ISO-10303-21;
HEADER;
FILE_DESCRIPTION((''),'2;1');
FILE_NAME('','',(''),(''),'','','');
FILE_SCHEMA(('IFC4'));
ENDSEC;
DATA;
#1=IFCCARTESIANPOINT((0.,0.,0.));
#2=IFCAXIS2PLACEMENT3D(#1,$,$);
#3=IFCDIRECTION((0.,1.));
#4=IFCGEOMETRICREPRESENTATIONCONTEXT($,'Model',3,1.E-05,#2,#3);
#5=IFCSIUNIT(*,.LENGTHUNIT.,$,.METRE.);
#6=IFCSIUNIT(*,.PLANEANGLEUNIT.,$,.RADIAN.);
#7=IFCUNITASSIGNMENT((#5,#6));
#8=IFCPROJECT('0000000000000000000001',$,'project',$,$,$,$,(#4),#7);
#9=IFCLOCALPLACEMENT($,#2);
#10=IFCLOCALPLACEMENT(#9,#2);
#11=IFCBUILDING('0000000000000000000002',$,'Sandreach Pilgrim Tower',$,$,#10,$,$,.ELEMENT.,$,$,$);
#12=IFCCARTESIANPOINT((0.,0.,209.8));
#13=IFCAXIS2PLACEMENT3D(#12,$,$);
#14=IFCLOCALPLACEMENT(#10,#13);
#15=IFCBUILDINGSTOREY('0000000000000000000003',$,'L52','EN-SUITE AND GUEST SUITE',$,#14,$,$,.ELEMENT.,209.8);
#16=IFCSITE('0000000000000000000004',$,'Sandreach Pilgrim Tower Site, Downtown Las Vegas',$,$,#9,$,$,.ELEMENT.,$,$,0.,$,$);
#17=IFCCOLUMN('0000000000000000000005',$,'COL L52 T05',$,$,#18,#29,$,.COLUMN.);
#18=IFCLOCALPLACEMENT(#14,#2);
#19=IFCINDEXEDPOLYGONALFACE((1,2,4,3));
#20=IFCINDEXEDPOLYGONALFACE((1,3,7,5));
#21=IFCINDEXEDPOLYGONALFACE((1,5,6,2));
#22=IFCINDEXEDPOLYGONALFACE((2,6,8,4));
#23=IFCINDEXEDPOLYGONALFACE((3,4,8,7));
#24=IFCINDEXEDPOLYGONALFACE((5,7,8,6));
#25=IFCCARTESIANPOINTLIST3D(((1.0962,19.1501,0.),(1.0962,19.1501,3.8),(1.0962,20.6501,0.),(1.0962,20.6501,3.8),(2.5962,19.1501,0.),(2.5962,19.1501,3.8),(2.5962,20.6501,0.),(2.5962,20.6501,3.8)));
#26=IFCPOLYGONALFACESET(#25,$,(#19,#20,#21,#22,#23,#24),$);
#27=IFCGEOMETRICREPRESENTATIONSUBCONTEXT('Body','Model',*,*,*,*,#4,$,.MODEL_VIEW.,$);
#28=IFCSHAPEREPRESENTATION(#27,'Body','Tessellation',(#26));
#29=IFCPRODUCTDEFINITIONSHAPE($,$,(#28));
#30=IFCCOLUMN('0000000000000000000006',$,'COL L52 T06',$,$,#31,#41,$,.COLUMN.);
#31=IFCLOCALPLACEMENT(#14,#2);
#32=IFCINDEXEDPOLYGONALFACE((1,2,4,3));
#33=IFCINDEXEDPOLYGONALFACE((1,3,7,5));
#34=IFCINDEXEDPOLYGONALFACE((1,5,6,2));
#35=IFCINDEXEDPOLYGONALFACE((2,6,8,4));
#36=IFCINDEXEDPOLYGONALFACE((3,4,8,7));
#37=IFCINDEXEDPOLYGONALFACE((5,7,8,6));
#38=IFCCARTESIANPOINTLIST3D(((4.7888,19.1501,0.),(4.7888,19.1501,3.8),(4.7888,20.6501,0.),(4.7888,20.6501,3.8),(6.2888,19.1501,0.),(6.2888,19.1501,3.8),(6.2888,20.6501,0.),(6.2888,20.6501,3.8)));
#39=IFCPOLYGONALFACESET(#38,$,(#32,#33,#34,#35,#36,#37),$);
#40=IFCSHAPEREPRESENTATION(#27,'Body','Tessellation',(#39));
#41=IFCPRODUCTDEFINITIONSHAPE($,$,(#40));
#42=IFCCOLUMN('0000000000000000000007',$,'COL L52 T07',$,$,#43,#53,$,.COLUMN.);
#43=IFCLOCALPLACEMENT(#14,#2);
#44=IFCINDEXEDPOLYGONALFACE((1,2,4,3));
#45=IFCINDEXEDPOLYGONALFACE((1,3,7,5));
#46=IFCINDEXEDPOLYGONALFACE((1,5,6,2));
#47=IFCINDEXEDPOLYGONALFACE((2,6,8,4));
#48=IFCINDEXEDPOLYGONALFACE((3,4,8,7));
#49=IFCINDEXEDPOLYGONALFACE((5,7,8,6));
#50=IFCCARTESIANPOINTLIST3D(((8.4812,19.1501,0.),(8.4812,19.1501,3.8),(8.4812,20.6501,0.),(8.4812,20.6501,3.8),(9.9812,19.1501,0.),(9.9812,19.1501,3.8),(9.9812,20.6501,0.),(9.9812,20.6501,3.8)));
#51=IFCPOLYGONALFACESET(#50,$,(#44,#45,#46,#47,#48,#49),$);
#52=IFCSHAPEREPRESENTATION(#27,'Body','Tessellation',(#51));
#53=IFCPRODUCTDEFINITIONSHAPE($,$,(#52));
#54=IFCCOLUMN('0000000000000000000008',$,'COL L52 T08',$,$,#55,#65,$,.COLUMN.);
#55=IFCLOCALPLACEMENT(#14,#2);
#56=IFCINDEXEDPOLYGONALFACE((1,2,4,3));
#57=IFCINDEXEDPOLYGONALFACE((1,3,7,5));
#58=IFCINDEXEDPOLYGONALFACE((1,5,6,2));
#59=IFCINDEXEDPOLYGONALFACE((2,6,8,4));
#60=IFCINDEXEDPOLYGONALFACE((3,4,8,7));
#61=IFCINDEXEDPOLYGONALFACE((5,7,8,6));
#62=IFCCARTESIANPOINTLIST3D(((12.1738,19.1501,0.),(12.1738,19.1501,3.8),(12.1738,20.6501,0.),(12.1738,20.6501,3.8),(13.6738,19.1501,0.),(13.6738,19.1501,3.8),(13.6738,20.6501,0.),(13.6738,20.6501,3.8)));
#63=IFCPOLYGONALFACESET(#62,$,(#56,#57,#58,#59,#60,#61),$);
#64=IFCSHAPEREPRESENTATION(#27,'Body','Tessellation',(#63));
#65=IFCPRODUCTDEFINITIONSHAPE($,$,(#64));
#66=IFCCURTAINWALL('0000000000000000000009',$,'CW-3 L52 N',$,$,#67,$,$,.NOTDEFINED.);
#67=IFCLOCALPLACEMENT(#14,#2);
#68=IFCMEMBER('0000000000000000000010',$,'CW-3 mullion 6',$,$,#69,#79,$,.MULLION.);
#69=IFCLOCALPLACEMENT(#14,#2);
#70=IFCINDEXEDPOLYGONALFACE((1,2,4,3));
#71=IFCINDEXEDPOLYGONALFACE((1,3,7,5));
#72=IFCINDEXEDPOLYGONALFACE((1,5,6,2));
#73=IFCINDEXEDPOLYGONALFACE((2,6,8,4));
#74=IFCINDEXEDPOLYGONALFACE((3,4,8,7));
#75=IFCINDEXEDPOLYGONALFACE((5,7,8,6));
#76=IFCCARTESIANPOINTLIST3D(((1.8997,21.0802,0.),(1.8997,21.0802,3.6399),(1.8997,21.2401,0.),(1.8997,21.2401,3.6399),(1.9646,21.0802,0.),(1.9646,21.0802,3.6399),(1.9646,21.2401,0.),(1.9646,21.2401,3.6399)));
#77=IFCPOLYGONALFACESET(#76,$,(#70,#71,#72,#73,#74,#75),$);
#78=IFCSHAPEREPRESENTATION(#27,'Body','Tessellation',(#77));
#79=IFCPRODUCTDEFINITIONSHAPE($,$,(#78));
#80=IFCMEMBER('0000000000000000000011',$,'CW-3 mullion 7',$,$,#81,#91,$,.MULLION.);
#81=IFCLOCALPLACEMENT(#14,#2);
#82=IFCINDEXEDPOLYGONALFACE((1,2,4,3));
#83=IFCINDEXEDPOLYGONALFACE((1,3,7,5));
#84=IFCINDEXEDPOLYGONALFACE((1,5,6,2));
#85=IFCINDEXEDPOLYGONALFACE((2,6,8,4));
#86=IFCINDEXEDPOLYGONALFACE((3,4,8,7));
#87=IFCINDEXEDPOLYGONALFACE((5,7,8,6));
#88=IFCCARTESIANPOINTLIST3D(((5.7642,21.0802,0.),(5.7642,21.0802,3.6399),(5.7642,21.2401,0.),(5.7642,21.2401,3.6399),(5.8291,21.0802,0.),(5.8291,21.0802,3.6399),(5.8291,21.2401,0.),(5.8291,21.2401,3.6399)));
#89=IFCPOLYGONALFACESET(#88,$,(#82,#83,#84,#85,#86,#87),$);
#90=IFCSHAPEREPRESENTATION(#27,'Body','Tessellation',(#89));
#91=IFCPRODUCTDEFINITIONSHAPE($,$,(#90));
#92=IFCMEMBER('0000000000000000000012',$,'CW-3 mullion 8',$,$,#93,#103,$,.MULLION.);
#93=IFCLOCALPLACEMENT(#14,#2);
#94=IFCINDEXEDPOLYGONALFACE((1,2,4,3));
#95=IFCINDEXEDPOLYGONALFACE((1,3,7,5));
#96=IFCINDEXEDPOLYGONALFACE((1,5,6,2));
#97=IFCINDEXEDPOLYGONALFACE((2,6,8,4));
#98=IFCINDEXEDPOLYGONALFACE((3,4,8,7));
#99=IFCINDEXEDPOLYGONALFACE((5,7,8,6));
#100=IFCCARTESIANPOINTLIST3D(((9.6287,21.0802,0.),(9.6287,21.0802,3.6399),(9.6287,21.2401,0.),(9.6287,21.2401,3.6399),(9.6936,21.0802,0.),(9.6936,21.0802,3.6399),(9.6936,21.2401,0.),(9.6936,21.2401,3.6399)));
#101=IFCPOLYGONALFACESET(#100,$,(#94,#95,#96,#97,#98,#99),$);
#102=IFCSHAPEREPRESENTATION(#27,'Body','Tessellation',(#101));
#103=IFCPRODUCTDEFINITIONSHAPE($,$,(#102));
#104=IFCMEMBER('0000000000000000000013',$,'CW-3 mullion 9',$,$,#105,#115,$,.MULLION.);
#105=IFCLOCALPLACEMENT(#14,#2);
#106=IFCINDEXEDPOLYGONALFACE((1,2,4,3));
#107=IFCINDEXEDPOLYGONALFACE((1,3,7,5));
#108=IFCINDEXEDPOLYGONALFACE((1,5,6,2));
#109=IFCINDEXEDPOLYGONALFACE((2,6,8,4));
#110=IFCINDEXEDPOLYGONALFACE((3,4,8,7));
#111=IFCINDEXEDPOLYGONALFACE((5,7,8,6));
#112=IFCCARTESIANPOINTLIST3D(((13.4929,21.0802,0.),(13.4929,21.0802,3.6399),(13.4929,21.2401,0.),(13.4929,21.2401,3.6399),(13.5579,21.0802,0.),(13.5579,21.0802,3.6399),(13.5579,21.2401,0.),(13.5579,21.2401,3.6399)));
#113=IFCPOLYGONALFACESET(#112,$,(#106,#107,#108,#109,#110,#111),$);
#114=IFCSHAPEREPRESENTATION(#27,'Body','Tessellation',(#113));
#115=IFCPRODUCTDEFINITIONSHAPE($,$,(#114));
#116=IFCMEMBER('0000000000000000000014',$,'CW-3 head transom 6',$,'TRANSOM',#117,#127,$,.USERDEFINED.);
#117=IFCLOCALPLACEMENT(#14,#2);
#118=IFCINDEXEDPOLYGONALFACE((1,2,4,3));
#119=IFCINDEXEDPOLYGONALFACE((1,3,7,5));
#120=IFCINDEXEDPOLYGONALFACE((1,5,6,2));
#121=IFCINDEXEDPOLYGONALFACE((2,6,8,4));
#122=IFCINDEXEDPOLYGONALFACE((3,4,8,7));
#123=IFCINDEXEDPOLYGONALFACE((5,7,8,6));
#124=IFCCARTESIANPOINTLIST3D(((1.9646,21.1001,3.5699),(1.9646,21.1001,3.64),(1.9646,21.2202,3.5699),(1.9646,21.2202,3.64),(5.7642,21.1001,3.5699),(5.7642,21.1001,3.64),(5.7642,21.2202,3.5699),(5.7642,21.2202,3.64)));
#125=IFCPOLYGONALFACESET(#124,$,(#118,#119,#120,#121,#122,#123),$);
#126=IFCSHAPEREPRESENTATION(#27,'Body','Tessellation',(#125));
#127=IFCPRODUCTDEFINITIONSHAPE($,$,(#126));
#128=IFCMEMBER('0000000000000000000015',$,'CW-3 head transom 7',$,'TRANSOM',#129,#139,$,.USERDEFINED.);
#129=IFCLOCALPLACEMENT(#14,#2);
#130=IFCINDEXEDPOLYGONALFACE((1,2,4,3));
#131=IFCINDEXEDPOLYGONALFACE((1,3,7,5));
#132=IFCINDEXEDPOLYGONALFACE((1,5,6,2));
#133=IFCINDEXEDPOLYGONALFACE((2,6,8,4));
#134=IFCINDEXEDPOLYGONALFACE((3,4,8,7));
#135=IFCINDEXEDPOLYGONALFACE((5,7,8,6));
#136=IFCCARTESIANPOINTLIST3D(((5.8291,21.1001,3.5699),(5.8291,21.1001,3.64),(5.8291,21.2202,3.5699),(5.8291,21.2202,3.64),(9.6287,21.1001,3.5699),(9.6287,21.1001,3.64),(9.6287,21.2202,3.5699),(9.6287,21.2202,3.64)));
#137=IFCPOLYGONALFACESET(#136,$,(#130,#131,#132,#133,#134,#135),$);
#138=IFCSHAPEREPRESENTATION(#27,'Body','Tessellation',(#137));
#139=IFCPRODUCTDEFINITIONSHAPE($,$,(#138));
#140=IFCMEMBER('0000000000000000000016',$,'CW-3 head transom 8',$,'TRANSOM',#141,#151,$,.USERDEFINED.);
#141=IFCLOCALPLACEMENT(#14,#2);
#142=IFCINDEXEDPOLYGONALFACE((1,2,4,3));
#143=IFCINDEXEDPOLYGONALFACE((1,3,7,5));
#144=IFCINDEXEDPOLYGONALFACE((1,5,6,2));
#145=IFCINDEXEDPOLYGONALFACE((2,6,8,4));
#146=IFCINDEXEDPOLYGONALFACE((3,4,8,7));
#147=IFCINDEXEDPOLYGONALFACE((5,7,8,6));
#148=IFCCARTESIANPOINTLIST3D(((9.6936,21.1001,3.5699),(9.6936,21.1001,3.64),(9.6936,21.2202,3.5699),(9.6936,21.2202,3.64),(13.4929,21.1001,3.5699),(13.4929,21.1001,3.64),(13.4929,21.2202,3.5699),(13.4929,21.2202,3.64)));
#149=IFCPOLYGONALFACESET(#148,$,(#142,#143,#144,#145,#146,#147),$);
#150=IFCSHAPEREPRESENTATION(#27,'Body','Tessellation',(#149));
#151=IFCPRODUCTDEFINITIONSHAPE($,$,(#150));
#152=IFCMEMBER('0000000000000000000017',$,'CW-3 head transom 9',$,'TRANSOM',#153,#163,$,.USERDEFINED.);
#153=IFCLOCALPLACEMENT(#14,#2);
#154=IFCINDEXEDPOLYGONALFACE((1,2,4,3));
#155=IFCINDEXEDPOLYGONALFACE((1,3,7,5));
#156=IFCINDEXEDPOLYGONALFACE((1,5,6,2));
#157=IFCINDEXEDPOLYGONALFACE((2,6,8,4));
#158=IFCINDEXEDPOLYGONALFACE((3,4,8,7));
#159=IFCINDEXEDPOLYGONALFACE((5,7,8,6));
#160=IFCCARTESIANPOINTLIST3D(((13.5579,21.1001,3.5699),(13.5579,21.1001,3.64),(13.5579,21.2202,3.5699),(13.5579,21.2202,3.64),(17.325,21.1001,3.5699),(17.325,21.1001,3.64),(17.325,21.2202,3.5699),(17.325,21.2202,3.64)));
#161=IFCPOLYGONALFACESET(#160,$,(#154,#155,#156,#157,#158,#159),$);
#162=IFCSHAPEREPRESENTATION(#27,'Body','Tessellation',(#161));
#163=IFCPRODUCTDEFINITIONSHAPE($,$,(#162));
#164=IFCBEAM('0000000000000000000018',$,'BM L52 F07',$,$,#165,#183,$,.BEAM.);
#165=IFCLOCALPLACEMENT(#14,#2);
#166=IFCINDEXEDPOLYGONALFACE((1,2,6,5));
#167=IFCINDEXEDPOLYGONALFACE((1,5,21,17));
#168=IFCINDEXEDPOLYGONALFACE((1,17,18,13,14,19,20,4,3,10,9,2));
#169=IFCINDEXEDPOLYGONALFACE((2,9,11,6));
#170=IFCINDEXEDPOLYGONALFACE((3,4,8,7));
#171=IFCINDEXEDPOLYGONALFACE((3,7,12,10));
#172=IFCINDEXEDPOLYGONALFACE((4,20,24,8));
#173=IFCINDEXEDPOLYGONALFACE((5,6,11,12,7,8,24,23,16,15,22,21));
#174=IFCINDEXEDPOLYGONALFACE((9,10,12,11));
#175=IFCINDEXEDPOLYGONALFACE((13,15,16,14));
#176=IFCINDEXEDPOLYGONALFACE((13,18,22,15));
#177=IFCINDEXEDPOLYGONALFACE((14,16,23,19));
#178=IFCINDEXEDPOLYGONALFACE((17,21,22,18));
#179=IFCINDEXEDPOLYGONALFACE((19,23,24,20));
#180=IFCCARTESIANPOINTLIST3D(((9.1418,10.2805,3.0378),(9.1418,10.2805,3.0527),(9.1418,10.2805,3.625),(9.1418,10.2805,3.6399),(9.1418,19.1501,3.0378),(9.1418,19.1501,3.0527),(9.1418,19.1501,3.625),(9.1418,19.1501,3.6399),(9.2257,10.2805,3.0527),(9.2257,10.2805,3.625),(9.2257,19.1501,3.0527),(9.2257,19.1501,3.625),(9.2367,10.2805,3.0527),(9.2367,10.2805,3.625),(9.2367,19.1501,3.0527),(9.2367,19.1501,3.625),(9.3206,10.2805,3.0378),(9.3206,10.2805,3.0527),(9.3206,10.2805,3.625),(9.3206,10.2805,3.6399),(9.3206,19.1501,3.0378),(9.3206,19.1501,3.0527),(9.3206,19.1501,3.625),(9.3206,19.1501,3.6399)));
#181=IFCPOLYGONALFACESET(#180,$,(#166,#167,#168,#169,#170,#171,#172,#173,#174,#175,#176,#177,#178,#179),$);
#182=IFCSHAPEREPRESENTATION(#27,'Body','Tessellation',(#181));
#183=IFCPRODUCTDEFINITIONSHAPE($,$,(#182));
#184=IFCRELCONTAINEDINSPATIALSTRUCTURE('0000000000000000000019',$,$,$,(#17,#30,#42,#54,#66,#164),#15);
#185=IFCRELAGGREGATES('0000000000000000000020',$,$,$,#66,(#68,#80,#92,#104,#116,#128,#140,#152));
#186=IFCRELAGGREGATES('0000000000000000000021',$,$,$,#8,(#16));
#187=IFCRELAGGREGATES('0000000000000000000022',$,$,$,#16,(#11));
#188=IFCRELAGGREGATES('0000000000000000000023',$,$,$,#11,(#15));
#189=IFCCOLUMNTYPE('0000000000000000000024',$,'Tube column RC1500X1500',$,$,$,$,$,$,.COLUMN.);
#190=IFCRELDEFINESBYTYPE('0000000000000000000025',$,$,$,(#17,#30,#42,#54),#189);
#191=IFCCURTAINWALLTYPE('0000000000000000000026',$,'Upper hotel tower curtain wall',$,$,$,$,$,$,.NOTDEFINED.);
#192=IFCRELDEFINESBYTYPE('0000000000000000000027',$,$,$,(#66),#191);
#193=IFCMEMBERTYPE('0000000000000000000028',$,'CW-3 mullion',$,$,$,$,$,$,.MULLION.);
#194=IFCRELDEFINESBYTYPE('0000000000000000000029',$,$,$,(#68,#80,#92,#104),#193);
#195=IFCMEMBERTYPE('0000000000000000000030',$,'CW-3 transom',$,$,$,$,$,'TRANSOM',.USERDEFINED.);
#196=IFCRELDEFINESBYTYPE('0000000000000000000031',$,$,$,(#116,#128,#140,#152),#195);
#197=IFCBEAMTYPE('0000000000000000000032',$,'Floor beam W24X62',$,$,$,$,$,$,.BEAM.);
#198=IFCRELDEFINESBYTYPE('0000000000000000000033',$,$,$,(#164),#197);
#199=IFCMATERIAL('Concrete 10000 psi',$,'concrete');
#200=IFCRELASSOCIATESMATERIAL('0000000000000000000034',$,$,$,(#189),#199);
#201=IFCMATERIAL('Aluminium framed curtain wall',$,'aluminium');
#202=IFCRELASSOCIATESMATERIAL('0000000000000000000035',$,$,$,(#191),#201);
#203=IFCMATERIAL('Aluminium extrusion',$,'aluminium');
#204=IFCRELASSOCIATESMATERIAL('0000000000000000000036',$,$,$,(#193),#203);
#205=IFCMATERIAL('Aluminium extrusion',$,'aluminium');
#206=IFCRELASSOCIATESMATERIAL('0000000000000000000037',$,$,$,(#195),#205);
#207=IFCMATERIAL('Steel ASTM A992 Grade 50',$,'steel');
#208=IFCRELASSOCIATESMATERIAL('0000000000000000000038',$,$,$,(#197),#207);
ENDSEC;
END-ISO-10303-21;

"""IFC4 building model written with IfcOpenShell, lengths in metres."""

from ifc_helpers import new_model, si_unit, direction, frame, origin, origin_2d, place, context, subcontext, project, spatial, rectangle, i_section, extrude, material, material_profile, profile_set, type_object, element, aggregate, save


model = new_model("IFC4")

# Units and contexts
model_context = context("Model", 3, precision=1e-05, world=origin(), true_north=direction((0.0, 1.0)))
body_context = subcontext(model_context, "Body", "Model", "MODEL_VIEW")
ifc_project = project(units=[si_unit("LENGTHUNIT", "METRE"), si_unit("PLANEANGLEUNIT", "RADIAN")], contexts=[model_context])

# Site, building, storey
site_placement = place(None, origin())
site = spatial("IfcSite", under=ifc_project, at=site_placement, Name="Sandreach Pilgrim Tower Site, Downtown Las Vegas", CompositionType="ELEMENT", RefElevation=0.0)
building_placement = place(site_placement, origin())
building = spatial("IfcBuilding", under=site, at=building_placement, Name="Sandreach Pilgrim Tower", CompositionType="ELEMENT")
storey_placement = place(building_placement, frame((0.0, 0.0, 209.8)))
storey = spatial("IfcBuildingStorey", under=building, at=storey_placement, Name="L52", Description="EN-SUITE AND GUEST SUITE", CompositionType="ELEMENT", Elevation=209.8)

# Columns
ifc_material_1 = material(Name="Concrete 10000 psi", Category="concrete")
ifc_material_profile_1 = material_profile(ifc_material_1, rectangle(XDim=1.5, YDim=1.5, at=origin_2d()), Name="RC1500X1500")
ifc_profile_set_1 = profile_set([ifc_material_profile_1], Name="Concrete 10000 psi")
column_type = type_object("IfcColumnType", Name="Tube column RC1500X1500", PredefinedType="COLUMN", material=ifc_profile_set_1)
for number, where, z_axis, x_axis, name in (
    (1, (1.8462, 19.9001, 0.0), (0.0, 0.0, 1.0), (0.0, 1.0, 0.0), "COL L52 T05"),
    (2, (5.5388, 19.9001, 0.0), (0.0, 0.0, 1.0), (0.0, 1.0, 0.0), "COL L52 T06"),
    (3, (9.2312, 19.9001, 0.0), (0.0, 0.0, 1.0), (0.0, 1.0, 0.0), "COL L52 T07"),
    (4, (12.9238, 19.9001, 0.0), (0.0, 0.0, 1.0), (0.0, 1.0, 0.0), "COL L52 T08"),
):
    element("IfcColumn", number, at=place(storey_placement, frame(where, z_axis=z_axis, x_axis=x_axis)), inside=storey, type_object=column_type, Name=name, PredefinedType="COLUMN", context=body_context, shape_type="SweptSolid", body=[
        extrude(rectangle(XDim=1.5, YDim=1.5, at=origin_2d()), origin(), (0.0, 0.0, 1.0), 3.8),
    ])

# Curtain wall, members
ifc_material_2 = material(Name="Aluminium framed curtain wall", Category="aluminium")
curtain_wall_type = type_object("IfcCurtainWallType", Name="Upper hotel tower curtain wall", PredefinedType="NOTDEFINED", material=ifc_material_2)
curtain_wall_placement = place(storey_placement, origin())
curtain_wall = element("IfcCurtainWall", 5, at=curtain_wall_placement, inside=storey, type_object=curtain_wall_type, Name="CW-3 L52 N", PredefinedType="NOTDEFINED")
ifc_material_3 = material(Name="Aluminium extrusion", Category="aluminium")
ifc_material_profile_2 = material_profile(ifc_material_3, rectangle(XDim=0.0649, YDim=0.1599, at=origin_2d()), Name="CW-3M 65X160")
ifc_profile_set_2 = profile_set([ifc_material_profile_2], Name="Aluminium extrusion")
member_type_1 = type_object("IfcMemberType", Name="CW-3 mullion", PredefinedType="MULLION", material=ifc_profile_set_2)
member_1_placement = place(storey_placement, frame((1.9321, 21.1602, 0.0), z_axis=(0.0, 0.0, 1.0), x_axis=(1.0, 0.0, 0.0)))
member_1 = element("IfcMember", 6, at=member_1_placement, type_object=member_type_1, Name="CW-3 mullion 6", PredefinedType="MULLION", context=body_context, shape_type="SweptSolid", body=[
    extrude(rectangle(XDim=0.0649, YDim=0.1599, at=origin_2d()), origin(), (0.0, 0.0, 1.0), 3.6399),
])
member_2_placement = place(storey_placement, frame((5.7966, 21.1602, 0.0), z_axis=(0.0, 0.0, 1.0), x_axis=(1.0, 0.0, 0.0)))
member_2 = element("IfcMember", 7, at=member_2_placement, type_object=member_type_1, Name="CW-3 mullion 7", PredefinedType="MULLION", context=body_context, shape_type="SweptSolid", body=[
    extrude(rectangle(XDim=0.0649, YDim=0.1599, at=origin_2d()), origin(), (0.0, 0.0, 1.0), 3.6399),
])
member_3_placement = place(storey_placement, frame((9.6611, 21.1602, 0.0), z_axis=(0.0, 0.0, 1.0), x_axis=(1.0, 0.0, 0.0)))
member_3 = element("IfcMember", 8, at=member_3_placement, type_object=member_type_1, Name="CW-3 mullion 8", PredefinedType="MULLION", context=body_context, shape_type="SweptSolid", body=[
    extrude(rectangle(XDim=0.0649, YDim=0.1599, at=origin_2d()), origin(), (0.0, 0.0, 1.0), 3.6399),
])
member_4_placement = place(storey_placement, frame((13.5254, 21.1602, 0.0), z_axis=(0.0, 0.0, 1.0), x_axis=(1.0, 0.0, 0.0)))
member_4 = element("IfcMember", 9, at=member_4_placement, type_object=member_type_1, Name="CW-3 mullion 9", PredefinedType="MULLION", context=body_context, shape_type="SweptSolid", body=[
    extrude(rectangle(XDim=0.0649, YDim=0.1599, at=origin_2d()), origin(), (0.0, 0.0, 1.0), 3.6399),
])
ifc_material_4 = material(Name="Aluminium extrusion", Category="aluminium")
ifc_material_profile_3 = material_profile(ifc_material_4, rectangle(XDim=0.1201, YDim=0.0701, at=origin_2d()), Name="CW-3T 120X70")
ifc_profile_set_3 = profile_set([ifc_material_profile_3], Name="Aluminium extrusion")
member_type_2 = type_object("IfcMemberType", Name="CW-3 transom", ElementType="TRANSOM", PredefinedType="USERDEFINED", material=ifc_profile_set_3)
member_5_placement = place(storey_placement, frame((1.9646, 21.1602, 3.605), z_axis=(1.0, 0.0, 0.0), x_axis=(0.0, 1.0, 0.0)))
member_5 = element("IfcMember", 10, at=member_5_placement, type_object=member_type_2, Name="CW-3 head transom 6", ObjectType="TRANSOM", PredefinedType="USERDEFINED", context=body_context, shape_type="SweptSolid", body=[
    extrude(rectangle(XDim=0.1201, YDim=0.0701, at=origin_2d()), origin(), (0.0, 0.0, 1.0), 3.7996),
])
member_6_placement = place(storey_placement, frame((5.8291, 21.1602, 3.605), z_axis=(1.0, 0.0, 0.0), x_axis=(0.0, 1.0, 0.0)))
member_6 = element("IfcMember", 11, at=member_6_placement, type_object=member_type_2, Name="CW-3 head transom 7", ObjectType="TRANSOM", PredefinedType="USERDEFINED", context=body_context, shape_type="SweptSolid", body=[
    extrude(rectangle(XDim=0.1201, YDim=0.0701, at=origin_2d()), origin(), (0.0, 0.0, 1.0), 3.7996),
])
member_7_placement = place(storey_placement, frame((9.6936, 21.1602, 3.605), z_axis=(1.0, 0.0, 0.0), x_axis=(0.0, 1.0, 0.0)))
member_7 = element("IfcMember", 12, at=member_7_placement, type_object=member_type_2, Name="CW-3 head transom 8", ObjectType="TRANSOM", PredefinedType="USERDEFINED", context=body_context, shape_type="SweptSolid", body=[
    extrude(rectangle(XDim=0.1201, YDim=0.0701, at=origin_2d()), origin(), (0.0, 0.0, 1.0), 3.7993),
])
member_8_placement = place(storey_placement, frame((13.5579, 21.1602, 3.605), z_axis=(1.0, 0.0, 0.0), x_axis=(0.0, 1.0, 0.0)))
member_8 = element("IfcMember", 13, at=member_8_placement, type_object=member_type_2, Name="CW-3 head transom 9", ObjectType="TRANSOM", PredefinedType="USERDEFINED", context=body_context, shape_type="SweptSolid", body=[
    extrude(rectangle(XDim=0.1201, YDim=0.0701, at=origin_2d()), origin(), (0.0, 0.0, 1.0), 3.7671),
])

# Beam
ifc_material_5 = material(Name="Steel ASTM A992 Grade 50", Category="steel")
ifc_material_profile_4 = material_profile(ifc_material_5, i_section(OverallWidth=0.1787, OverallDepth=0.6021, WebThickness=0.011, FlangeThickness=0.0149, at=origin_2d()), Name="W24X62")
ifc_profile_set_4 = profile_set([ifc_material_profile_4], Name="Steel ASTM A992 Grade 50")
beam_type_1 = type_object("IfcBeamType", Name="Floor beam W24X62", PredefinedType="BEAM", material=ifc_profile_set_4)
beam_1_placement = place(storey_placement, frame((9.2312, 19.1501, 3.3389), z_axis=(0.0, -1.0, 0.0), x_axis=(1.0, 0.0, 0.0)))
element("IfcBeam", 14, at=beam_1_placement, inside=storey, type_object=beam_type_1, Name="BM L52 F07", PredefinedType="BEAM", context=body_context, shape_type="SweptSolid", body=[
    extrude(i_section(OverallWidth=0.1787, OverallDepth=0.6021, WebThickness=0.011, FlangeThickness=0.0149, at=origin_2d()), origin(), (0.0, 0.0, 1.0), 8.8696),
])

aggregate(curtain_wall, [member_1, member_2, member_3, member_4, member_5, member_6, member_7, member_8])

save(model, "model.ifc")
